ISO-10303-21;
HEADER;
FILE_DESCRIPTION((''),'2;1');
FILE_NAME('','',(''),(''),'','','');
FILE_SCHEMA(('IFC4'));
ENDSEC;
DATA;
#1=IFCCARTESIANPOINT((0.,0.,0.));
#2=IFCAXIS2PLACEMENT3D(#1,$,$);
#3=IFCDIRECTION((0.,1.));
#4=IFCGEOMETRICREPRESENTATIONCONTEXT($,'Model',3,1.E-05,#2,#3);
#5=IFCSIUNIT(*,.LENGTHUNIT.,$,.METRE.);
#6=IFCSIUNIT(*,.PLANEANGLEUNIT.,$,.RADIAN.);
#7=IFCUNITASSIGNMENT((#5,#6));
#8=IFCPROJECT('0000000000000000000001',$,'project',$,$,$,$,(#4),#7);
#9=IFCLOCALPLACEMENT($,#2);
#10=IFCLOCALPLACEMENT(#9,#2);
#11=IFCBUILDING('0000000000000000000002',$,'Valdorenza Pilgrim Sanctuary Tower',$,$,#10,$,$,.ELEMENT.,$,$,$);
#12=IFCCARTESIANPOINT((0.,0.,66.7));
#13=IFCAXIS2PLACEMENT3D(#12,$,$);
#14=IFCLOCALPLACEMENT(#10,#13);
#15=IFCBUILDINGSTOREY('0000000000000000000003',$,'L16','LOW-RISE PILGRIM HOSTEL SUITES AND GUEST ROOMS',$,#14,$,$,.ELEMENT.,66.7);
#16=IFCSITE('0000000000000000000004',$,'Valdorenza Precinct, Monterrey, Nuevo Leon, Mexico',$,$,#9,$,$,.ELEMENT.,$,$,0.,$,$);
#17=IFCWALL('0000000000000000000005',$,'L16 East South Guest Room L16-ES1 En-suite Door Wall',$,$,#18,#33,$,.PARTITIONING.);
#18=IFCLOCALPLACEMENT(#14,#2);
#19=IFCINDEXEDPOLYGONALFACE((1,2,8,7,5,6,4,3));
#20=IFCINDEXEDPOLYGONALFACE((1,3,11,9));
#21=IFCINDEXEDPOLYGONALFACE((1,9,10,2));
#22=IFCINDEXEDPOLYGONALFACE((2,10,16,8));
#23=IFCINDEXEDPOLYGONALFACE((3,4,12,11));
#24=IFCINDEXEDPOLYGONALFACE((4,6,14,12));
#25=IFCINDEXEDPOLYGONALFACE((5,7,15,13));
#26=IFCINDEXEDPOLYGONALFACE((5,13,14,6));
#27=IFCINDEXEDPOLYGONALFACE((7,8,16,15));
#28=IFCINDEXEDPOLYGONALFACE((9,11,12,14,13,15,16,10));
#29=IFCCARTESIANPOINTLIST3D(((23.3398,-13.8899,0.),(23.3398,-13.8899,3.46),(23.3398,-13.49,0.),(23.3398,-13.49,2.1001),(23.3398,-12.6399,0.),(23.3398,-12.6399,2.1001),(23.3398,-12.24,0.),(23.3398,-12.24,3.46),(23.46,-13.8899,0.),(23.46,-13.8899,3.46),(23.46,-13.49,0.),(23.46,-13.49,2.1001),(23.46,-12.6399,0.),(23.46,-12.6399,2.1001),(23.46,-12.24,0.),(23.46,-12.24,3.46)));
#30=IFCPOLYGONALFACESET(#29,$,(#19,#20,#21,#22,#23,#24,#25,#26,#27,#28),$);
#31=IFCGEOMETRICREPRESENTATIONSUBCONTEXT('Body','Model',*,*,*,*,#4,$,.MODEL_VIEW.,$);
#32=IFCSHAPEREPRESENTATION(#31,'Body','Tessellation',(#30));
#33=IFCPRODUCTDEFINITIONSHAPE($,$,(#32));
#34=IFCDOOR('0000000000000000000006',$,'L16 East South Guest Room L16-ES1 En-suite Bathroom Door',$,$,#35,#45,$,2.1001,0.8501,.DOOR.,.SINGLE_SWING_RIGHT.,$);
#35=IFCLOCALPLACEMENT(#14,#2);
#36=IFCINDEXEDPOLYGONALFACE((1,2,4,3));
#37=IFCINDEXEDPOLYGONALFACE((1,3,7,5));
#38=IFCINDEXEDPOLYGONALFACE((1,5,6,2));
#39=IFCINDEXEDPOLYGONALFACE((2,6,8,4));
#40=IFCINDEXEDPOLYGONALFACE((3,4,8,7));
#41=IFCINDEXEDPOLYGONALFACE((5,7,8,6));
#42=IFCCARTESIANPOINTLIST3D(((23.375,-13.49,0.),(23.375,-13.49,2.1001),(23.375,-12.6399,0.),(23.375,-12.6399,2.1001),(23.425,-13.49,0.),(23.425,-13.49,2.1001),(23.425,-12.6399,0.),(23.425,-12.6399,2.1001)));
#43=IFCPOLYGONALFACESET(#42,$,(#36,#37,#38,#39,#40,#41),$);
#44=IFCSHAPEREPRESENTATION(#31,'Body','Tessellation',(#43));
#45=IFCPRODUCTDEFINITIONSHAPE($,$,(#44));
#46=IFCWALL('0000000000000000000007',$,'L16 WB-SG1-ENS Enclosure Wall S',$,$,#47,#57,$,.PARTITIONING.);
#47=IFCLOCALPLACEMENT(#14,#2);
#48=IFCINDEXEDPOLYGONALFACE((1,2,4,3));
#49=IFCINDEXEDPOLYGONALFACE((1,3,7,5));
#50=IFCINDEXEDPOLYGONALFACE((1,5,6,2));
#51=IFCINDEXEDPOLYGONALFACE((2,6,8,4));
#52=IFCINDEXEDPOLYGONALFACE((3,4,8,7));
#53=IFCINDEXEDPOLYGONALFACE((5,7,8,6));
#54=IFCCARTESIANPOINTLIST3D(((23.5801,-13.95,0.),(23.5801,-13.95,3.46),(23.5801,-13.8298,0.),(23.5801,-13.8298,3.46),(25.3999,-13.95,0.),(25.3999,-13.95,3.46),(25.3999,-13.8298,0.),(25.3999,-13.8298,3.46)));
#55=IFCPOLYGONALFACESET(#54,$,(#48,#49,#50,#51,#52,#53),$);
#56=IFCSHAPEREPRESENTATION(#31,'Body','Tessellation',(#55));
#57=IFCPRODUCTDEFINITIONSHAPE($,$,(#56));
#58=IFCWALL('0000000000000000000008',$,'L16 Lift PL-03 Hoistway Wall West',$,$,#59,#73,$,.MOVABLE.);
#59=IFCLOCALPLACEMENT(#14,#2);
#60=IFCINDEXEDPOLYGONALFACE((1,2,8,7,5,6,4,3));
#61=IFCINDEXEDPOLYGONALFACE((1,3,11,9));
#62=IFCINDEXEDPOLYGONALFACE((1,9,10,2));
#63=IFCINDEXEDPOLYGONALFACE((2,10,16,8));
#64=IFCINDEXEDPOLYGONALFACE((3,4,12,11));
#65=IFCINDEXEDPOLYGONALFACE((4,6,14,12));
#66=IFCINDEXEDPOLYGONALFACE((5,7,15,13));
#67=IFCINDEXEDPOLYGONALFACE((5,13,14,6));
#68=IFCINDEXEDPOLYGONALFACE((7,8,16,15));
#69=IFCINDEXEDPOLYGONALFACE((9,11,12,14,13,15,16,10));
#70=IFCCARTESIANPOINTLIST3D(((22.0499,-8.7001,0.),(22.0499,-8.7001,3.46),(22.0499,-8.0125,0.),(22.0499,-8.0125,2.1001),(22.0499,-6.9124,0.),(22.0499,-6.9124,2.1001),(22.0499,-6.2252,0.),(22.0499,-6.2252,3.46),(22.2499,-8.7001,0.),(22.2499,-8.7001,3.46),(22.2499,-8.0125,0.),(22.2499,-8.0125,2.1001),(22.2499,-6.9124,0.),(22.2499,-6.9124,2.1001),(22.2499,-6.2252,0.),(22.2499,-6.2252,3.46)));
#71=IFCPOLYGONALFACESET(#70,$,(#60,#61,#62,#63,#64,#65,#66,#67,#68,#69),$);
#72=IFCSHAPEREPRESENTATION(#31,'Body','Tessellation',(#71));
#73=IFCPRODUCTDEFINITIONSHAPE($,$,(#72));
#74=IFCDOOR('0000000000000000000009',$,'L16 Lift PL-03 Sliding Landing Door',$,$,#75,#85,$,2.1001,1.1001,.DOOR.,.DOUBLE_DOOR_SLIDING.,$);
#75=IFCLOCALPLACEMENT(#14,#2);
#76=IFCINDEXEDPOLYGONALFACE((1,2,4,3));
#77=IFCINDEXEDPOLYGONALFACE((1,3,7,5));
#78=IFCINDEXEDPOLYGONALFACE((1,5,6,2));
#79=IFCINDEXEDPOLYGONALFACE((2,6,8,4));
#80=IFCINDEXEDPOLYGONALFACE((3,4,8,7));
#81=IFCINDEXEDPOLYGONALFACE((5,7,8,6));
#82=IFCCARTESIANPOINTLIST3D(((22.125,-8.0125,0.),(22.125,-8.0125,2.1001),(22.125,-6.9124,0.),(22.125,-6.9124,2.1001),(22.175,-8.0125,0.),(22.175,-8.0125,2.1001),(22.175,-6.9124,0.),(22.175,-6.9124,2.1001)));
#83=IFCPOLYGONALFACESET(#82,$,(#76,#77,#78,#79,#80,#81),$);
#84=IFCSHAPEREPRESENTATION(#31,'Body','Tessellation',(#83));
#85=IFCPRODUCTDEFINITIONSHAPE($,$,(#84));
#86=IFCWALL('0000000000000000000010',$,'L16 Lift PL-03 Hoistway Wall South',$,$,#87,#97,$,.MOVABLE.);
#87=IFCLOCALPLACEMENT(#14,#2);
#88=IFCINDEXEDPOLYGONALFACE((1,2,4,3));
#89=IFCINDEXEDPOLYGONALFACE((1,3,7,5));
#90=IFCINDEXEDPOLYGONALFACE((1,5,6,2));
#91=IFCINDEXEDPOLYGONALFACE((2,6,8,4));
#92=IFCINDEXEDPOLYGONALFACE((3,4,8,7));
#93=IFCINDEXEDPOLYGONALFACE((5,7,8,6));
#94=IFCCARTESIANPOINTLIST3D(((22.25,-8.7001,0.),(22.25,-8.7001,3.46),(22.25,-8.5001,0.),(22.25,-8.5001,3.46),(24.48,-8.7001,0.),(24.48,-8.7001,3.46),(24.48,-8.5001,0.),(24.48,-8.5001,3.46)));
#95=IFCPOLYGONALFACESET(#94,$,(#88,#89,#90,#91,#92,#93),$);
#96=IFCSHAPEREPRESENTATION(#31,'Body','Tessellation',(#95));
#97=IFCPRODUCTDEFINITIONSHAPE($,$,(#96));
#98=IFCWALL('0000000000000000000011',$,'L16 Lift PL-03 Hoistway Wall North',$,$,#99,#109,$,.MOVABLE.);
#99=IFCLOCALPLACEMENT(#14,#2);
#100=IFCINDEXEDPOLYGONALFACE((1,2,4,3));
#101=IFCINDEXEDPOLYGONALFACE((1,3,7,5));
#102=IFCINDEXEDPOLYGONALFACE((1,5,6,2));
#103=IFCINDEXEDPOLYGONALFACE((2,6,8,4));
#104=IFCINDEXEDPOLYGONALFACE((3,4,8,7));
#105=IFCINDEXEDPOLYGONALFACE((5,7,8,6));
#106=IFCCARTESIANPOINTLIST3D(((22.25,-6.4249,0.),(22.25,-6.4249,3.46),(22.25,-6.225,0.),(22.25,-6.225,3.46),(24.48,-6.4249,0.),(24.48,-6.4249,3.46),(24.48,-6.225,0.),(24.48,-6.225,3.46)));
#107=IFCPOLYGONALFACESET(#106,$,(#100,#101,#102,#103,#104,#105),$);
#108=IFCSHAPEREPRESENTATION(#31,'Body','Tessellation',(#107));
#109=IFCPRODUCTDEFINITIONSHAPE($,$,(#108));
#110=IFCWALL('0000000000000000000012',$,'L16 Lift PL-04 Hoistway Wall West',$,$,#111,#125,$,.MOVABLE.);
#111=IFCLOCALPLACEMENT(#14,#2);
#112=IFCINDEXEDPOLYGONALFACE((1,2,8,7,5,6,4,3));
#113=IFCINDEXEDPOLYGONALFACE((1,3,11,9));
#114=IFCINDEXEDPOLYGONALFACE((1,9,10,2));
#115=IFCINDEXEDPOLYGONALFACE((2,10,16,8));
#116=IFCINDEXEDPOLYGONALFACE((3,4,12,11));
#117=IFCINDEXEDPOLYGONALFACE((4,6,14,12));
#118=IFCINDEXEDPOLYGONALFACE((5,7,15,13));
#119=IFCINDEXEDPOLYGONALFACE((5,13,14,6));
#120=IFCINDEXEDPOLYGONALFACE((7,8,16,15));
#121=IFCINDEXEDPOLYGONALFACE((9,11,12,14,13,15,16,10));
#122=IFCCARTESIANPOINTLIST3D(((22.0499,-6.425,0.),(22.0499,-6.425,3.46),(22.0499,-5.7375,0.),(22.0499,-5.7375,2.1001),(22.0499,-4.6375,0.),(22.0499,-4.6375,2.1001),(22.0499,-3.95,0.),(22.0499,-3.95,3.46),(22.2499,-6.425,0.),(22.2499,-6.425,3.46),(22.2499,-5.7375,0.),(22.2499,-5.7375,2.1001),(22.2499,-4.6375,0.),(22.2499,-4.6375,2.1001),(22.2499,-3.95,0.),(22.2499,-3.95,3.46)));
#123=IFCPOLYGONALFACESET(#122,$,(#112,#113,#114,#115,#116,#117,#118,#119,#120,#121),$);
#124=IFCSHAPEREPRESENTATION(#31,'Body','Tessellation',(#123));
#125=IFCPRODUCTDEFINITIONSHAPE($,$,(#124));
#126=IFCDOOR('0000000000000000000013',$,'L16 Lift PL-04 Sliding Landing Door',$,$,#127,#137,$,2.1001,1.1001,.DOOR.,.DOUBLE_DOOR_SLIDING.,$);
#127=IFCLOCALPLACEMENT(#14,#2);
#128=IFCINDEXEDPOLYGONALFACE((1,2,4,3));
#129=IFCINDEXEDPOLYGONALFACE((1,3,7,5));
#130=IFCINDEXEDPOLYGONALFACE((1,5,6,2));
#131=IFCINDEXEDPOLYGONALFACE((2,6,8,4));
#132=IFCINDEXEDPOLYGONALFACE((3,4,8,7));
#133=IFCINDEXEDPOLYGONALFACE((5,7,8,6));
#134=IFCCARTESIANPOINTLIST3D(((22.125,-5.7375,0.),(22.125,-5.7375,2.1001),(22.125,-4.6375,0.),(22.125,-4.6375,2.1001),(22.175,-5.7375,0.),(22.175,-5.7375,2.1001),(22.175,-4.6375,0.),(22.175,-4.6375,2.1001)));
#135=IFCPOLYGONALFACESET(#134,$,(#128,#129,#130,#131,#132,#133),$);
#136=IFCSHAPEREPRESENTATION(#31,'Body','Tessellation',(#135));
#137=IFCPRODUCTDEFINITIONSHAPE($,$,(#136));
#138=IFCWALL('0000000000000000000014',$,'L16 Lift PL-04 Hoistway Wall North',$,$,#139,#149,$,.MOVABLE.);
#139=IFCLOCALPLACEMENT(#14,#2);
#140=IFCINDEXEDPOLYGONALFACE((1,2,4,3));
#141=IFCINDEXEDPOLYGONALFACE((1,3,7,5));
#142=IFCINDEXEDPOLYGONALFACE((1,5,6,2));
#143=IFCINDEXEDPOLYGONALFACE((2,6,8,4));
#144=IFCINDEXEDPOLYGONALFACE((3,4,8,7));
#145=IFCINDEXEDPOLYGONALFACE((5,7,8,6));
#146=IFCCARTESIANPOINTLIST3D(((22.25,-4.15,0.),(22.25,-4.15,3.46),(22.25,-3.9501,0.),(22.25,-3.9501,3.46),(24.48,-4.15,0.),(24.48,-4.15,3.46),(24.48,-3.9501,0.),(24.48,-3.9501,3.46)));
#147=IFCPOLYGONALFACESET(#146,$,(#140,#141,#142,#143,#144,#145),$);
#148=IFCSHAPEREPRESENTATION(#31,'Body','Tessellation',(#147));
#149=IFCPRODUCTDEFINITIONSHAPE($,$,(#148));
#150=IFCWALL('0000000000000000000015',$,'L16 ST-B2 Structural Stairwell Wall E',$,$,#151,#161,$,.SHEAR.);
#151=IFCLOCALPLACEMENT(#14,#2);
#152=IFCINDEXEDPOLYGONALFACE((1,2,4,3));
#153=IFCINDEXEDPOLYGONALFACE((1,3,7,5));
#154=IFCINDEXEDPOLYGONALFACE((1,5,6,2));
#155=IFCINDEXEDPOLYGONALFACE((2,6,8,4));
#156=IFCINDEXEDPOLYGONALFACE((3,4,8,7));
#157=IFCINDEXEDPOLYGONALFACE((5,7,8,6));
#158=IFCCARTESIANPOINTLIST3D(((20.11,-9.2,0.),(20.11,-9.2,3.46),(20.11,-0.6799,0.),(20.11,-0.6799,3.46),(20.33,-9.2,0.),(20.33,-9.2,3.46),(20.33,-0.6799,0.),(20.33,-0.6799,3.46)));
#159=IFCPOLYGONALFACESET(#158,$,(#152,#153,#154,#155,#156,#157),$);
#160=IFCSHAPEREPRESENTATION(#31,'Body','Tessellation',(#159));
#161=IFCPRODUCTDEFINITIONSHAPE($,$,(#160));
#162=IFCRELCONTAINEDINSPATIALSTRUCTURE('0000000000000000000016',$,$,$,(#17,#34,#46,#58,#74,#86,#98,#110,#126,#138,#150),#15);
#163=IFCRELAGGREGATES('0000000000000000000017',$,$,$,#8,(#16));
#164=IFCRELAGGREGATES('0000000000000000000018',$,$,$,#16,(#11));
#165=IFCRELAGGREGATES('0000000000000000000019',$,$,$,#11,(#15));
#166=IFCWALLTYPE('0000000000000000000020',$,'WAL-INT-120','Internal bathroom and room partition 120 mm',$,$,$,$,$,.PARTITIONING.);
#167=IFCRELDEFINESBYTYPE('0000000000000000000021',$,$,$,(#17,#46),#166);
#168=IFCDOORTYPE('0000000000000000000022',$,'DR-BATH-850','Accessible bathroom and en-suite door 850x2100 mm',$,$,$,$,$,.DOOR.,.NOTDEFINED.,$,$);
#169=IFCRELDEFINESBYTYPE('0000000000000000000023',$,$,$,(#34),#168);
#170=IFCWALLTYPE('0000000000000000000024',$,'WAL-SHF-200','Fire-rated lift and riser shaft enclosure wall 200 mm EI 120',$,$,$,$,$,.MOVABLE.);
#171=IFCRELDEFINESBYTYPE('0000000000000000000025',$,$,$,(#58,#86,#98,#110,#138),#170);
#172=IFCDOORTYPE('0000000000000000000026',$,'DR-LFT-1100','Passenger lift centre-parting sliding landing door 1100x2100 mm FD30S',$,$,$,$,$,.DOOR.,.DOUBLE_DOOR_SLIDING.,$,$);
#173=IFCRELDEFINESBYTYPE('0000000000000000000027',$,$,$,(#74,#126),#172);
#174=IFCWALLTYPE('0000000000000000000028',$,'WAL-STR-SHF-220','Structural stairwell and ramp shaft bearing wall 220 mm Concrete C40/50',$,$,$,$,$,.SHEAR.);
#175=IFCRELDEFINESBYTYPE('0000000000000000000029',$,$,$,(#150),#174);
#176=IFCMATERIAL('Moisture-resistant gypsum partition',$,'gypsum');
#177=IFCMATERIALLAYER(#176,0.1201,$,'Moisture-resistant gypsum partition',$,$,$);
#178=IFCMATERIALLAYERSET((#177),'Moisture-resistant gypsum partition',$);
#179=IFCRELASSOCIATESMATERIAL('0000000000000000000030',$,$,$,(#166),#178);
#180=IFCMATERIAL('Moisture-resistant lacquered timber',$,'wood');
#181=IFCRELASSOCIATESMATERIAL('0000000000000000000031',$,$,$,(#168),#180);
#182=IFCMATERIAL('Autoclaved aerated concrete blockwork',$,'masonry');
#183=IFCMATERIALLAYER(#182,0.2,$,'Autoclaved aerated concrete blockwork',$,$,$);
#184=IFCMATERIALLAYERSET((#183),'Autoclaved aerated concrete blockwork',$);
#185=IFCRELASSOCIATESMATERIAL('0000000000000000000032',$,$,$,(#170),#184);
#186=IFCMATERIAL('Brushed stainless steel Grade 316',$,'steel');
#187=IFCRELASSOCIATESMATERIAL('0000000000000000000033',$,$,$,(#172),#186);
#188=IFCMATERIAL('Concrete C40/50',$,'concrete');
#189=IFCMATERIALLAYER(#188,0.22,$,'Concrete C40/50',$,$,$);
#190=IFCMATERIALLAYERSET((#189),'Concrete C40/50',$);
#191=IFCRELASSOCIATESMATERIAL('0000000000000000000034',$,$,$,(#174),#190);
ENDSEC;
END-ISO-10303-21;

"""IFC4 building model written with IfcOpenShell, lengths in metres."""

from ifc_helpers import new_model, si_unit, direction, frame, frame_2d, origin, place, context, subcontext, project, spatial, rectangle, extrude, material, layer, layer_set, type_object, element, fill, save


model = new_model("IFC4")

# Units and contexts
model_context = context("Model", 3, precision=1e-05, world=origin(), true_north=direction((0.0, 1.0)))
body_context = subcontext(model_context, "Body", "Model", "MODEL_VIEW")
ifc_project = project(units=[si_unit("LENGTHUNIT", "METRE"), si_unit("PLANEANGLEUNIT", "RADIAN")], contexts=[model_context])

# Site, building, storey
site_placement = place(None, origin())
site = spatial("IfcSite", under=ifc_project, at=site_placement, Name="Valdorenza Precinct, Monterrey, Nuevo Leon, Mexico", CompositionType="ELEMENT", RefElevation=0.0)
building_placement = place(site_placement, origin())
building = spatial("IfcBuilding", under=site, at=building_placement, Name="Valdorenza Pilgrim Sanctuary Tower", CompositionType="ELEMENT")
storey_placement = place(building_placement, frame((0.0, 0.0, 66.7)))
storey = spatial("IfcBuildingStorey", under=building, at=storey_placement, Name="L16", Description="LOW-RISE PILGRIM HOSTEL SUITES AND GUEST ROOMS", CompositionType="ELEMENT", Elevation=66.7)

# Shared definitions
ifc_material_1 = material(Name="Moisture-resistant gypsum partition", Category="gypsum")
ifc_layer_1 = layer(ifc_material_1, 0.1201, Name="Moisture-resistant gypsum partition")
ifc_layer_set_1 = layer_set([ifc_layer_1], Name="Moisture-resistant gypsum partition")
wall_type_1 = type_object("IfcWallType", Name="WAL-INT-120", Description="Internal bathroom and room partition 120 mm", PredefinedType="PARTITIONING", material=ifc_layer_set_1)

# Wall, opening, door
wall_1_placement = place(storey_placement, frame((23.3999, -13.8899, 0.0), z_axis=(0.0, 0.0, 1.0), x_axis=(0.0, 1.0, 0.0)))
wall_1 = element("IfcWall", 1, at=wall_1_placement, inside=storey, type_object=wall_type_1, Name="L16 East South Guest Room L16-ES1 En-suite Door Wall", PredefinedType="PARTITIONING", context=body_context, shape_type="SweptSolid", body=[
    extrude(rectangle(XDim=1.6499, YDim=0.1201, at=frame_2d((0.825, 0.0))), origin(), (0.0, 0.0, 1.0), 3.46),
])
opening_1_placement = place(wall_1_placement, frame((0.3999, 0.0, 0.0)))
opening_1 = element("IfcOpeningElement", 2, at=opening_1_placement, cuts=wall_1, PredefinedType="OPENING", context=body_context, shape_type="SweptSolid", body=[
    extrude(rectangle(XDim=0.8501, YDim=2.1001, at=frame_2d((0.425, 1.05))), frame((0.0, 0.075, 0.0), z_axis=(0.0, -1.0, 0.0), x_axis=(1.0, 0.0, 0.0)), (0.0, 0.0, 1.0), 0.1499),
])
ifc_material_2 = material(Name="Moisture-resistant lacquered timber", Category="wood")
door_type_1 = type_object("IfcDoorType", Name="DR-BATH-850", Description="Accessible bathroom and en-suite door 850x2100 mm", OperationType="NOTDEFINED", PredefinedType="DOOR", material=ifc_material_2)
door_1_placement = place(opening_1_placement, origin())
door_1 = element("IfcDoor", 3, at=door_1_placement, inside=storey, type_object=door_type_1, Name="L16 East South Guest Room L16-ES1 En-suite Bathroom Door", OperationType="SINGLE_SWING_RIGHT", OverallHeight=2.1001, OverallWidth=0.8501, PredefinedType="DOOR", context=body_context, shape_type="SweptSolid", body=[
    extrude(rectangle(XDim=0.8501, YDim=2.1001, at=frame_2d((0.425, 1.05))), frame((0.0, 0.0249, 0.0), z_axis=(0.0, -1.0, 0.0), x_axis=(1.0, 0.0, 0.0)), (0.0, 0.0, 1.0), 0.05),
])
fill(opening_1, door_1)

# Wall
wall_2_placement = place(storey_placement, frame((23.5801, -13.8899, 0.0), z_axis=(0.0, 0.0, 1.0), x_axis=(1.0, 0.0, 0.0)))
element("IfcWall", 4, at=wall_2_placement, inside=storey, type_object=wall_type_1, Name="L16 WB-SG1-ENS Enclosure Wall S", PredefinedType="PARTITIONING", context=body_context, shape_type="SweptSolid", body=[
    extrude(rectangle(XDim=1.8198, YDim=0.1201, at=frame_2d((0.9099, 0.0))), origin(), (0.0, 0.0, 1.0), 3.46),
])

# Wall, opening, door
ifc_material_3 = material(Name="Autoclaved aerated concrete blockwork", Category="masonry")
ifc_layer_2 = layer(ifc_material_3, 0.2, Name="Autoclaved aerated concrete blockwork")
ifc_layer_set_2 = layer_set([ifc_layer_2], Name="Autoclaved aerated concrete blockwork")
wall_type_2 = type_object("IfcWallType", Name="WAL-SHF-200", Description="Fire-rated lift and riser shaft enclosure wall 200 mm EI 120", PredefinedType="MOVABLE", material=ifc_layer_set_2)
wall_3_placement = place(storey_placement, frame((22.1499, -8.7, 0.0), z_axis=(0.0, 0.0, 1.0), x_axis=(0.0, 1.0, 0.0)))
wall_3 = element("IfcWall", 5, at=wall_3_placement, inside=storey, type_object=wall_type_2, Name="L16 Lift PL-03 Hoistway Wall West", PredefinedType="MOVABLE", context=body_context, shape_type="SweptSolid", body=[
    extrude(rectangle(XDim=2.4749, YDim=0.2, at=frame_2d((1.2373, 0.0))), origin(), (0.0, 0.0, 1.0), 3.46),
])
opening_2_placement = place(wall_3_placement, frame((0.6875, 0.0, 0.0)))
opening_2 = element("IfcOpeningElement", 6, at=opening_2_placement, cuts=wall_3, PredefinedType="OPENING", context=body_context, shape_type="SweptSolid", body=[
    extrude(rectangle(XDim=1.1001, YDim=2.1001, at=frame_2d((0.55, 1.05))), frame((0.0, 0.1147, 0.0), z_axis=(0.0, -1.0, 0.0), x_axis=(1.0, 0.0, 0.0)), (0.0, 0.0, 1.0), 0.2297),
])
ifc_material_4 = material(Name="Brushed stainless steel Grade 316", Category="steel")
door_type_2 = type_object("IfcDoorType", Name="DR-LFT-1100", Description="Passenger lift centre-parting sliding landing door 1100x2100 mm FD30S", OperationType="DOUBLE_DOOR_SLIDING", PredefinedType="DOOR", material=ifc_material_4)
door_2_placement = place(opening_2_placement, origin())
door_2 = element("IfcDoor", 7, at=door_2_placement, inside=storey, type_object=door_type_2, Name="L16 Lift PL-03 Sliding Landing Door", OperationType="DOUBLE_DOOR_SLIDING", OverallHeight=2.1001, OverallWidth=1.1001, PredefinedType="DOOR", context=body_context, shape_type="SweptSolid", body=[
    extrude(rectangle(XDim=1.1001, YDim=2.1001, at=frame_2d((0.55, 1.05))), frame((0.0, 0.0249, 0.0), z_axis=(0.0, -1.0, 0.0), x_axis=(1.0, 0.0, 0.0)), (0.0, 0.0, 1.0), 0.05),
])
fill(opening_2, door_2)

# Walls
for number, where, z_axis, x_axis, name in (
    (8, (22.25, -8.6001, 0.0), (0.0, 0.0, 1.0), (1.0, 0.0, 0.0), "L16 Lift PL-03 Hoistway Wall South"),
    (9, (22.25, -6.325, 0.0), (0.0, 0.0, 1.0), (1.0, 0.0, 0.0), "L16 Lift PL-03 Hoistway Wall North"),
):
    element("IfcWall", number, at=place(storey_placement, frame(where, z_axis=z_axis, x_axis=x_axis)), inside=storey, type_object=wall_type_2, Name=name, PredefinedType="MOVABLE", context=body_context, shape_type="SweptSolid", body=[
        extrude(rectangle(XDim=2.23, YDim=0.2, at=frame_2d((1.115, 0.0))), origin(), (0.0, 0.0, 1.0), 3.46),
    ])

# Wall, opening, door
wall_4_placement = place(storey_placement, frame((22.1499, -6.425, 0.0), z_axis=(0.0, 0.0, 1.0), x_axis=(0.0, 1.0, 0.0)))
wall_4 = element("IfcWall", 10, at=wall_4_placement, inside=storey, type_object=wall_type_2, Name="L16 Lift PL-04 Hoistway Wall West", PredefinedType="MOVABLE", context=body_context, shape_type="SweptSolid", body=[
    extrude(rectangle(XDim=2.4751, YDim=0.2, at=frame_2d((1.2375, 0.0))), origin(), (0.0, 0.0, 1.0), 3.46),
])
opening_3_placement = place(wall_4_placement, frame((0.6875, 0.0, 0.0)))
opening_3 = element("IfcOpeningElement", 11, at=opening_3_placement, cuts=wall_4, PredefinedType="OPENING", context=body_context, shape_type="SweptSolid", body=[
    extrude(rectangle(XDim=1.1001, YDim=2.1001, at=frame_2d((0.55, 1.05))), frame((0.0, 0.1147, 0.0), z_axis=(0.0, -1.0, 0.0), x_axis=(1.0, 0.0, 0.0)), (0.0, 0.0, 1.0), 0.2297),
])
door_3_placement = place(opening_3_placement, origin())
door_3 = element("IfcDoor", 12, at=door_3_placement, inside=storey, type_object=door_type_2, Name="L16 Lift PL-04 Sliding Landing Door", OperationType="DOUBLE_DOOR_SLIDING", OverallHeight=2.1001, OverallWidth=1.1001, PredefinedType="DOOR", context=body_context, shape_type="SweptSolid", body=[
    extrude(rectangle(XDim=1.1001, YDim=2.1001, at=frame_2d((0.55, 1.05))), frame((0.0, 0.0249, 0.0), z_axis=(0.0, -1.0, 0.0), x_axis=(1.0, 0.0, 0.0)), (0.0, 0.0, 1.0), 0.05),
])
fill(opening_3, door_3)

# Walls
wall_5_placement = place(storey_placement, frame((22.25, -4.05, 0.0), z_axis=(0.0, 0.0, 1.0), x_axis=(1.0, 0.0, 0.0)))
element("IfcWall", 13, at=wall_5_placement, inside=storey, type_object=wall_type_2, Name="L16 Lift PL-04 Hoistway Wall North", PredefinedType="MOVABLE", context=body_context, shape_type="SweptSolid", body=[
    extrude(rectangle(XDim=2.23, YDim=0.2, at=frame_2d((1.115, 0.0))), origin(), (0.0, 0.0, 1.0), 3.46),
])
ifc_material_5 = material(Name="Concrete C40/50", Category="concrete")
ifc_layer_3 = layer(ifc_material_5, 0.22, Name="Concrete C40/50")
ifc_layer_set_3 = layer_set([ifc_layer_3], Name="Concrete C40/50")
wall_type_3 = type_object("IfcWallType", Name="WAL-STR-SHF-220", Description="Structural stairwell and ramp shaft bearing wall 220 mm Concrete C40/50", PredefinedType="SHEAR", material=ifc_layer_set_3)
wall_6_placement = place(storey_placement, frame((20.22, -9.2, 0.0), z_axis=(0.0, 0.0, 1.0), x_axis=(0.0, 1.0, 0.0)))
element("IfcWall", 14, at=wall_6_placement, inside=storey, type_object=wall_type_3, Name="L16 ST-B2 Structural Stairwell Wall E", PredefinedType="SHEAR", context=body_context, shape_type="SweptSolid", body=[
    extrude(rectangle(XDim=8.52, YDim=0.22, at=frame_2d((4.26, 0.0))), origin(), (0.0, 0.0, 1.0), 3.46),
])

save(model, "model.ifc")
